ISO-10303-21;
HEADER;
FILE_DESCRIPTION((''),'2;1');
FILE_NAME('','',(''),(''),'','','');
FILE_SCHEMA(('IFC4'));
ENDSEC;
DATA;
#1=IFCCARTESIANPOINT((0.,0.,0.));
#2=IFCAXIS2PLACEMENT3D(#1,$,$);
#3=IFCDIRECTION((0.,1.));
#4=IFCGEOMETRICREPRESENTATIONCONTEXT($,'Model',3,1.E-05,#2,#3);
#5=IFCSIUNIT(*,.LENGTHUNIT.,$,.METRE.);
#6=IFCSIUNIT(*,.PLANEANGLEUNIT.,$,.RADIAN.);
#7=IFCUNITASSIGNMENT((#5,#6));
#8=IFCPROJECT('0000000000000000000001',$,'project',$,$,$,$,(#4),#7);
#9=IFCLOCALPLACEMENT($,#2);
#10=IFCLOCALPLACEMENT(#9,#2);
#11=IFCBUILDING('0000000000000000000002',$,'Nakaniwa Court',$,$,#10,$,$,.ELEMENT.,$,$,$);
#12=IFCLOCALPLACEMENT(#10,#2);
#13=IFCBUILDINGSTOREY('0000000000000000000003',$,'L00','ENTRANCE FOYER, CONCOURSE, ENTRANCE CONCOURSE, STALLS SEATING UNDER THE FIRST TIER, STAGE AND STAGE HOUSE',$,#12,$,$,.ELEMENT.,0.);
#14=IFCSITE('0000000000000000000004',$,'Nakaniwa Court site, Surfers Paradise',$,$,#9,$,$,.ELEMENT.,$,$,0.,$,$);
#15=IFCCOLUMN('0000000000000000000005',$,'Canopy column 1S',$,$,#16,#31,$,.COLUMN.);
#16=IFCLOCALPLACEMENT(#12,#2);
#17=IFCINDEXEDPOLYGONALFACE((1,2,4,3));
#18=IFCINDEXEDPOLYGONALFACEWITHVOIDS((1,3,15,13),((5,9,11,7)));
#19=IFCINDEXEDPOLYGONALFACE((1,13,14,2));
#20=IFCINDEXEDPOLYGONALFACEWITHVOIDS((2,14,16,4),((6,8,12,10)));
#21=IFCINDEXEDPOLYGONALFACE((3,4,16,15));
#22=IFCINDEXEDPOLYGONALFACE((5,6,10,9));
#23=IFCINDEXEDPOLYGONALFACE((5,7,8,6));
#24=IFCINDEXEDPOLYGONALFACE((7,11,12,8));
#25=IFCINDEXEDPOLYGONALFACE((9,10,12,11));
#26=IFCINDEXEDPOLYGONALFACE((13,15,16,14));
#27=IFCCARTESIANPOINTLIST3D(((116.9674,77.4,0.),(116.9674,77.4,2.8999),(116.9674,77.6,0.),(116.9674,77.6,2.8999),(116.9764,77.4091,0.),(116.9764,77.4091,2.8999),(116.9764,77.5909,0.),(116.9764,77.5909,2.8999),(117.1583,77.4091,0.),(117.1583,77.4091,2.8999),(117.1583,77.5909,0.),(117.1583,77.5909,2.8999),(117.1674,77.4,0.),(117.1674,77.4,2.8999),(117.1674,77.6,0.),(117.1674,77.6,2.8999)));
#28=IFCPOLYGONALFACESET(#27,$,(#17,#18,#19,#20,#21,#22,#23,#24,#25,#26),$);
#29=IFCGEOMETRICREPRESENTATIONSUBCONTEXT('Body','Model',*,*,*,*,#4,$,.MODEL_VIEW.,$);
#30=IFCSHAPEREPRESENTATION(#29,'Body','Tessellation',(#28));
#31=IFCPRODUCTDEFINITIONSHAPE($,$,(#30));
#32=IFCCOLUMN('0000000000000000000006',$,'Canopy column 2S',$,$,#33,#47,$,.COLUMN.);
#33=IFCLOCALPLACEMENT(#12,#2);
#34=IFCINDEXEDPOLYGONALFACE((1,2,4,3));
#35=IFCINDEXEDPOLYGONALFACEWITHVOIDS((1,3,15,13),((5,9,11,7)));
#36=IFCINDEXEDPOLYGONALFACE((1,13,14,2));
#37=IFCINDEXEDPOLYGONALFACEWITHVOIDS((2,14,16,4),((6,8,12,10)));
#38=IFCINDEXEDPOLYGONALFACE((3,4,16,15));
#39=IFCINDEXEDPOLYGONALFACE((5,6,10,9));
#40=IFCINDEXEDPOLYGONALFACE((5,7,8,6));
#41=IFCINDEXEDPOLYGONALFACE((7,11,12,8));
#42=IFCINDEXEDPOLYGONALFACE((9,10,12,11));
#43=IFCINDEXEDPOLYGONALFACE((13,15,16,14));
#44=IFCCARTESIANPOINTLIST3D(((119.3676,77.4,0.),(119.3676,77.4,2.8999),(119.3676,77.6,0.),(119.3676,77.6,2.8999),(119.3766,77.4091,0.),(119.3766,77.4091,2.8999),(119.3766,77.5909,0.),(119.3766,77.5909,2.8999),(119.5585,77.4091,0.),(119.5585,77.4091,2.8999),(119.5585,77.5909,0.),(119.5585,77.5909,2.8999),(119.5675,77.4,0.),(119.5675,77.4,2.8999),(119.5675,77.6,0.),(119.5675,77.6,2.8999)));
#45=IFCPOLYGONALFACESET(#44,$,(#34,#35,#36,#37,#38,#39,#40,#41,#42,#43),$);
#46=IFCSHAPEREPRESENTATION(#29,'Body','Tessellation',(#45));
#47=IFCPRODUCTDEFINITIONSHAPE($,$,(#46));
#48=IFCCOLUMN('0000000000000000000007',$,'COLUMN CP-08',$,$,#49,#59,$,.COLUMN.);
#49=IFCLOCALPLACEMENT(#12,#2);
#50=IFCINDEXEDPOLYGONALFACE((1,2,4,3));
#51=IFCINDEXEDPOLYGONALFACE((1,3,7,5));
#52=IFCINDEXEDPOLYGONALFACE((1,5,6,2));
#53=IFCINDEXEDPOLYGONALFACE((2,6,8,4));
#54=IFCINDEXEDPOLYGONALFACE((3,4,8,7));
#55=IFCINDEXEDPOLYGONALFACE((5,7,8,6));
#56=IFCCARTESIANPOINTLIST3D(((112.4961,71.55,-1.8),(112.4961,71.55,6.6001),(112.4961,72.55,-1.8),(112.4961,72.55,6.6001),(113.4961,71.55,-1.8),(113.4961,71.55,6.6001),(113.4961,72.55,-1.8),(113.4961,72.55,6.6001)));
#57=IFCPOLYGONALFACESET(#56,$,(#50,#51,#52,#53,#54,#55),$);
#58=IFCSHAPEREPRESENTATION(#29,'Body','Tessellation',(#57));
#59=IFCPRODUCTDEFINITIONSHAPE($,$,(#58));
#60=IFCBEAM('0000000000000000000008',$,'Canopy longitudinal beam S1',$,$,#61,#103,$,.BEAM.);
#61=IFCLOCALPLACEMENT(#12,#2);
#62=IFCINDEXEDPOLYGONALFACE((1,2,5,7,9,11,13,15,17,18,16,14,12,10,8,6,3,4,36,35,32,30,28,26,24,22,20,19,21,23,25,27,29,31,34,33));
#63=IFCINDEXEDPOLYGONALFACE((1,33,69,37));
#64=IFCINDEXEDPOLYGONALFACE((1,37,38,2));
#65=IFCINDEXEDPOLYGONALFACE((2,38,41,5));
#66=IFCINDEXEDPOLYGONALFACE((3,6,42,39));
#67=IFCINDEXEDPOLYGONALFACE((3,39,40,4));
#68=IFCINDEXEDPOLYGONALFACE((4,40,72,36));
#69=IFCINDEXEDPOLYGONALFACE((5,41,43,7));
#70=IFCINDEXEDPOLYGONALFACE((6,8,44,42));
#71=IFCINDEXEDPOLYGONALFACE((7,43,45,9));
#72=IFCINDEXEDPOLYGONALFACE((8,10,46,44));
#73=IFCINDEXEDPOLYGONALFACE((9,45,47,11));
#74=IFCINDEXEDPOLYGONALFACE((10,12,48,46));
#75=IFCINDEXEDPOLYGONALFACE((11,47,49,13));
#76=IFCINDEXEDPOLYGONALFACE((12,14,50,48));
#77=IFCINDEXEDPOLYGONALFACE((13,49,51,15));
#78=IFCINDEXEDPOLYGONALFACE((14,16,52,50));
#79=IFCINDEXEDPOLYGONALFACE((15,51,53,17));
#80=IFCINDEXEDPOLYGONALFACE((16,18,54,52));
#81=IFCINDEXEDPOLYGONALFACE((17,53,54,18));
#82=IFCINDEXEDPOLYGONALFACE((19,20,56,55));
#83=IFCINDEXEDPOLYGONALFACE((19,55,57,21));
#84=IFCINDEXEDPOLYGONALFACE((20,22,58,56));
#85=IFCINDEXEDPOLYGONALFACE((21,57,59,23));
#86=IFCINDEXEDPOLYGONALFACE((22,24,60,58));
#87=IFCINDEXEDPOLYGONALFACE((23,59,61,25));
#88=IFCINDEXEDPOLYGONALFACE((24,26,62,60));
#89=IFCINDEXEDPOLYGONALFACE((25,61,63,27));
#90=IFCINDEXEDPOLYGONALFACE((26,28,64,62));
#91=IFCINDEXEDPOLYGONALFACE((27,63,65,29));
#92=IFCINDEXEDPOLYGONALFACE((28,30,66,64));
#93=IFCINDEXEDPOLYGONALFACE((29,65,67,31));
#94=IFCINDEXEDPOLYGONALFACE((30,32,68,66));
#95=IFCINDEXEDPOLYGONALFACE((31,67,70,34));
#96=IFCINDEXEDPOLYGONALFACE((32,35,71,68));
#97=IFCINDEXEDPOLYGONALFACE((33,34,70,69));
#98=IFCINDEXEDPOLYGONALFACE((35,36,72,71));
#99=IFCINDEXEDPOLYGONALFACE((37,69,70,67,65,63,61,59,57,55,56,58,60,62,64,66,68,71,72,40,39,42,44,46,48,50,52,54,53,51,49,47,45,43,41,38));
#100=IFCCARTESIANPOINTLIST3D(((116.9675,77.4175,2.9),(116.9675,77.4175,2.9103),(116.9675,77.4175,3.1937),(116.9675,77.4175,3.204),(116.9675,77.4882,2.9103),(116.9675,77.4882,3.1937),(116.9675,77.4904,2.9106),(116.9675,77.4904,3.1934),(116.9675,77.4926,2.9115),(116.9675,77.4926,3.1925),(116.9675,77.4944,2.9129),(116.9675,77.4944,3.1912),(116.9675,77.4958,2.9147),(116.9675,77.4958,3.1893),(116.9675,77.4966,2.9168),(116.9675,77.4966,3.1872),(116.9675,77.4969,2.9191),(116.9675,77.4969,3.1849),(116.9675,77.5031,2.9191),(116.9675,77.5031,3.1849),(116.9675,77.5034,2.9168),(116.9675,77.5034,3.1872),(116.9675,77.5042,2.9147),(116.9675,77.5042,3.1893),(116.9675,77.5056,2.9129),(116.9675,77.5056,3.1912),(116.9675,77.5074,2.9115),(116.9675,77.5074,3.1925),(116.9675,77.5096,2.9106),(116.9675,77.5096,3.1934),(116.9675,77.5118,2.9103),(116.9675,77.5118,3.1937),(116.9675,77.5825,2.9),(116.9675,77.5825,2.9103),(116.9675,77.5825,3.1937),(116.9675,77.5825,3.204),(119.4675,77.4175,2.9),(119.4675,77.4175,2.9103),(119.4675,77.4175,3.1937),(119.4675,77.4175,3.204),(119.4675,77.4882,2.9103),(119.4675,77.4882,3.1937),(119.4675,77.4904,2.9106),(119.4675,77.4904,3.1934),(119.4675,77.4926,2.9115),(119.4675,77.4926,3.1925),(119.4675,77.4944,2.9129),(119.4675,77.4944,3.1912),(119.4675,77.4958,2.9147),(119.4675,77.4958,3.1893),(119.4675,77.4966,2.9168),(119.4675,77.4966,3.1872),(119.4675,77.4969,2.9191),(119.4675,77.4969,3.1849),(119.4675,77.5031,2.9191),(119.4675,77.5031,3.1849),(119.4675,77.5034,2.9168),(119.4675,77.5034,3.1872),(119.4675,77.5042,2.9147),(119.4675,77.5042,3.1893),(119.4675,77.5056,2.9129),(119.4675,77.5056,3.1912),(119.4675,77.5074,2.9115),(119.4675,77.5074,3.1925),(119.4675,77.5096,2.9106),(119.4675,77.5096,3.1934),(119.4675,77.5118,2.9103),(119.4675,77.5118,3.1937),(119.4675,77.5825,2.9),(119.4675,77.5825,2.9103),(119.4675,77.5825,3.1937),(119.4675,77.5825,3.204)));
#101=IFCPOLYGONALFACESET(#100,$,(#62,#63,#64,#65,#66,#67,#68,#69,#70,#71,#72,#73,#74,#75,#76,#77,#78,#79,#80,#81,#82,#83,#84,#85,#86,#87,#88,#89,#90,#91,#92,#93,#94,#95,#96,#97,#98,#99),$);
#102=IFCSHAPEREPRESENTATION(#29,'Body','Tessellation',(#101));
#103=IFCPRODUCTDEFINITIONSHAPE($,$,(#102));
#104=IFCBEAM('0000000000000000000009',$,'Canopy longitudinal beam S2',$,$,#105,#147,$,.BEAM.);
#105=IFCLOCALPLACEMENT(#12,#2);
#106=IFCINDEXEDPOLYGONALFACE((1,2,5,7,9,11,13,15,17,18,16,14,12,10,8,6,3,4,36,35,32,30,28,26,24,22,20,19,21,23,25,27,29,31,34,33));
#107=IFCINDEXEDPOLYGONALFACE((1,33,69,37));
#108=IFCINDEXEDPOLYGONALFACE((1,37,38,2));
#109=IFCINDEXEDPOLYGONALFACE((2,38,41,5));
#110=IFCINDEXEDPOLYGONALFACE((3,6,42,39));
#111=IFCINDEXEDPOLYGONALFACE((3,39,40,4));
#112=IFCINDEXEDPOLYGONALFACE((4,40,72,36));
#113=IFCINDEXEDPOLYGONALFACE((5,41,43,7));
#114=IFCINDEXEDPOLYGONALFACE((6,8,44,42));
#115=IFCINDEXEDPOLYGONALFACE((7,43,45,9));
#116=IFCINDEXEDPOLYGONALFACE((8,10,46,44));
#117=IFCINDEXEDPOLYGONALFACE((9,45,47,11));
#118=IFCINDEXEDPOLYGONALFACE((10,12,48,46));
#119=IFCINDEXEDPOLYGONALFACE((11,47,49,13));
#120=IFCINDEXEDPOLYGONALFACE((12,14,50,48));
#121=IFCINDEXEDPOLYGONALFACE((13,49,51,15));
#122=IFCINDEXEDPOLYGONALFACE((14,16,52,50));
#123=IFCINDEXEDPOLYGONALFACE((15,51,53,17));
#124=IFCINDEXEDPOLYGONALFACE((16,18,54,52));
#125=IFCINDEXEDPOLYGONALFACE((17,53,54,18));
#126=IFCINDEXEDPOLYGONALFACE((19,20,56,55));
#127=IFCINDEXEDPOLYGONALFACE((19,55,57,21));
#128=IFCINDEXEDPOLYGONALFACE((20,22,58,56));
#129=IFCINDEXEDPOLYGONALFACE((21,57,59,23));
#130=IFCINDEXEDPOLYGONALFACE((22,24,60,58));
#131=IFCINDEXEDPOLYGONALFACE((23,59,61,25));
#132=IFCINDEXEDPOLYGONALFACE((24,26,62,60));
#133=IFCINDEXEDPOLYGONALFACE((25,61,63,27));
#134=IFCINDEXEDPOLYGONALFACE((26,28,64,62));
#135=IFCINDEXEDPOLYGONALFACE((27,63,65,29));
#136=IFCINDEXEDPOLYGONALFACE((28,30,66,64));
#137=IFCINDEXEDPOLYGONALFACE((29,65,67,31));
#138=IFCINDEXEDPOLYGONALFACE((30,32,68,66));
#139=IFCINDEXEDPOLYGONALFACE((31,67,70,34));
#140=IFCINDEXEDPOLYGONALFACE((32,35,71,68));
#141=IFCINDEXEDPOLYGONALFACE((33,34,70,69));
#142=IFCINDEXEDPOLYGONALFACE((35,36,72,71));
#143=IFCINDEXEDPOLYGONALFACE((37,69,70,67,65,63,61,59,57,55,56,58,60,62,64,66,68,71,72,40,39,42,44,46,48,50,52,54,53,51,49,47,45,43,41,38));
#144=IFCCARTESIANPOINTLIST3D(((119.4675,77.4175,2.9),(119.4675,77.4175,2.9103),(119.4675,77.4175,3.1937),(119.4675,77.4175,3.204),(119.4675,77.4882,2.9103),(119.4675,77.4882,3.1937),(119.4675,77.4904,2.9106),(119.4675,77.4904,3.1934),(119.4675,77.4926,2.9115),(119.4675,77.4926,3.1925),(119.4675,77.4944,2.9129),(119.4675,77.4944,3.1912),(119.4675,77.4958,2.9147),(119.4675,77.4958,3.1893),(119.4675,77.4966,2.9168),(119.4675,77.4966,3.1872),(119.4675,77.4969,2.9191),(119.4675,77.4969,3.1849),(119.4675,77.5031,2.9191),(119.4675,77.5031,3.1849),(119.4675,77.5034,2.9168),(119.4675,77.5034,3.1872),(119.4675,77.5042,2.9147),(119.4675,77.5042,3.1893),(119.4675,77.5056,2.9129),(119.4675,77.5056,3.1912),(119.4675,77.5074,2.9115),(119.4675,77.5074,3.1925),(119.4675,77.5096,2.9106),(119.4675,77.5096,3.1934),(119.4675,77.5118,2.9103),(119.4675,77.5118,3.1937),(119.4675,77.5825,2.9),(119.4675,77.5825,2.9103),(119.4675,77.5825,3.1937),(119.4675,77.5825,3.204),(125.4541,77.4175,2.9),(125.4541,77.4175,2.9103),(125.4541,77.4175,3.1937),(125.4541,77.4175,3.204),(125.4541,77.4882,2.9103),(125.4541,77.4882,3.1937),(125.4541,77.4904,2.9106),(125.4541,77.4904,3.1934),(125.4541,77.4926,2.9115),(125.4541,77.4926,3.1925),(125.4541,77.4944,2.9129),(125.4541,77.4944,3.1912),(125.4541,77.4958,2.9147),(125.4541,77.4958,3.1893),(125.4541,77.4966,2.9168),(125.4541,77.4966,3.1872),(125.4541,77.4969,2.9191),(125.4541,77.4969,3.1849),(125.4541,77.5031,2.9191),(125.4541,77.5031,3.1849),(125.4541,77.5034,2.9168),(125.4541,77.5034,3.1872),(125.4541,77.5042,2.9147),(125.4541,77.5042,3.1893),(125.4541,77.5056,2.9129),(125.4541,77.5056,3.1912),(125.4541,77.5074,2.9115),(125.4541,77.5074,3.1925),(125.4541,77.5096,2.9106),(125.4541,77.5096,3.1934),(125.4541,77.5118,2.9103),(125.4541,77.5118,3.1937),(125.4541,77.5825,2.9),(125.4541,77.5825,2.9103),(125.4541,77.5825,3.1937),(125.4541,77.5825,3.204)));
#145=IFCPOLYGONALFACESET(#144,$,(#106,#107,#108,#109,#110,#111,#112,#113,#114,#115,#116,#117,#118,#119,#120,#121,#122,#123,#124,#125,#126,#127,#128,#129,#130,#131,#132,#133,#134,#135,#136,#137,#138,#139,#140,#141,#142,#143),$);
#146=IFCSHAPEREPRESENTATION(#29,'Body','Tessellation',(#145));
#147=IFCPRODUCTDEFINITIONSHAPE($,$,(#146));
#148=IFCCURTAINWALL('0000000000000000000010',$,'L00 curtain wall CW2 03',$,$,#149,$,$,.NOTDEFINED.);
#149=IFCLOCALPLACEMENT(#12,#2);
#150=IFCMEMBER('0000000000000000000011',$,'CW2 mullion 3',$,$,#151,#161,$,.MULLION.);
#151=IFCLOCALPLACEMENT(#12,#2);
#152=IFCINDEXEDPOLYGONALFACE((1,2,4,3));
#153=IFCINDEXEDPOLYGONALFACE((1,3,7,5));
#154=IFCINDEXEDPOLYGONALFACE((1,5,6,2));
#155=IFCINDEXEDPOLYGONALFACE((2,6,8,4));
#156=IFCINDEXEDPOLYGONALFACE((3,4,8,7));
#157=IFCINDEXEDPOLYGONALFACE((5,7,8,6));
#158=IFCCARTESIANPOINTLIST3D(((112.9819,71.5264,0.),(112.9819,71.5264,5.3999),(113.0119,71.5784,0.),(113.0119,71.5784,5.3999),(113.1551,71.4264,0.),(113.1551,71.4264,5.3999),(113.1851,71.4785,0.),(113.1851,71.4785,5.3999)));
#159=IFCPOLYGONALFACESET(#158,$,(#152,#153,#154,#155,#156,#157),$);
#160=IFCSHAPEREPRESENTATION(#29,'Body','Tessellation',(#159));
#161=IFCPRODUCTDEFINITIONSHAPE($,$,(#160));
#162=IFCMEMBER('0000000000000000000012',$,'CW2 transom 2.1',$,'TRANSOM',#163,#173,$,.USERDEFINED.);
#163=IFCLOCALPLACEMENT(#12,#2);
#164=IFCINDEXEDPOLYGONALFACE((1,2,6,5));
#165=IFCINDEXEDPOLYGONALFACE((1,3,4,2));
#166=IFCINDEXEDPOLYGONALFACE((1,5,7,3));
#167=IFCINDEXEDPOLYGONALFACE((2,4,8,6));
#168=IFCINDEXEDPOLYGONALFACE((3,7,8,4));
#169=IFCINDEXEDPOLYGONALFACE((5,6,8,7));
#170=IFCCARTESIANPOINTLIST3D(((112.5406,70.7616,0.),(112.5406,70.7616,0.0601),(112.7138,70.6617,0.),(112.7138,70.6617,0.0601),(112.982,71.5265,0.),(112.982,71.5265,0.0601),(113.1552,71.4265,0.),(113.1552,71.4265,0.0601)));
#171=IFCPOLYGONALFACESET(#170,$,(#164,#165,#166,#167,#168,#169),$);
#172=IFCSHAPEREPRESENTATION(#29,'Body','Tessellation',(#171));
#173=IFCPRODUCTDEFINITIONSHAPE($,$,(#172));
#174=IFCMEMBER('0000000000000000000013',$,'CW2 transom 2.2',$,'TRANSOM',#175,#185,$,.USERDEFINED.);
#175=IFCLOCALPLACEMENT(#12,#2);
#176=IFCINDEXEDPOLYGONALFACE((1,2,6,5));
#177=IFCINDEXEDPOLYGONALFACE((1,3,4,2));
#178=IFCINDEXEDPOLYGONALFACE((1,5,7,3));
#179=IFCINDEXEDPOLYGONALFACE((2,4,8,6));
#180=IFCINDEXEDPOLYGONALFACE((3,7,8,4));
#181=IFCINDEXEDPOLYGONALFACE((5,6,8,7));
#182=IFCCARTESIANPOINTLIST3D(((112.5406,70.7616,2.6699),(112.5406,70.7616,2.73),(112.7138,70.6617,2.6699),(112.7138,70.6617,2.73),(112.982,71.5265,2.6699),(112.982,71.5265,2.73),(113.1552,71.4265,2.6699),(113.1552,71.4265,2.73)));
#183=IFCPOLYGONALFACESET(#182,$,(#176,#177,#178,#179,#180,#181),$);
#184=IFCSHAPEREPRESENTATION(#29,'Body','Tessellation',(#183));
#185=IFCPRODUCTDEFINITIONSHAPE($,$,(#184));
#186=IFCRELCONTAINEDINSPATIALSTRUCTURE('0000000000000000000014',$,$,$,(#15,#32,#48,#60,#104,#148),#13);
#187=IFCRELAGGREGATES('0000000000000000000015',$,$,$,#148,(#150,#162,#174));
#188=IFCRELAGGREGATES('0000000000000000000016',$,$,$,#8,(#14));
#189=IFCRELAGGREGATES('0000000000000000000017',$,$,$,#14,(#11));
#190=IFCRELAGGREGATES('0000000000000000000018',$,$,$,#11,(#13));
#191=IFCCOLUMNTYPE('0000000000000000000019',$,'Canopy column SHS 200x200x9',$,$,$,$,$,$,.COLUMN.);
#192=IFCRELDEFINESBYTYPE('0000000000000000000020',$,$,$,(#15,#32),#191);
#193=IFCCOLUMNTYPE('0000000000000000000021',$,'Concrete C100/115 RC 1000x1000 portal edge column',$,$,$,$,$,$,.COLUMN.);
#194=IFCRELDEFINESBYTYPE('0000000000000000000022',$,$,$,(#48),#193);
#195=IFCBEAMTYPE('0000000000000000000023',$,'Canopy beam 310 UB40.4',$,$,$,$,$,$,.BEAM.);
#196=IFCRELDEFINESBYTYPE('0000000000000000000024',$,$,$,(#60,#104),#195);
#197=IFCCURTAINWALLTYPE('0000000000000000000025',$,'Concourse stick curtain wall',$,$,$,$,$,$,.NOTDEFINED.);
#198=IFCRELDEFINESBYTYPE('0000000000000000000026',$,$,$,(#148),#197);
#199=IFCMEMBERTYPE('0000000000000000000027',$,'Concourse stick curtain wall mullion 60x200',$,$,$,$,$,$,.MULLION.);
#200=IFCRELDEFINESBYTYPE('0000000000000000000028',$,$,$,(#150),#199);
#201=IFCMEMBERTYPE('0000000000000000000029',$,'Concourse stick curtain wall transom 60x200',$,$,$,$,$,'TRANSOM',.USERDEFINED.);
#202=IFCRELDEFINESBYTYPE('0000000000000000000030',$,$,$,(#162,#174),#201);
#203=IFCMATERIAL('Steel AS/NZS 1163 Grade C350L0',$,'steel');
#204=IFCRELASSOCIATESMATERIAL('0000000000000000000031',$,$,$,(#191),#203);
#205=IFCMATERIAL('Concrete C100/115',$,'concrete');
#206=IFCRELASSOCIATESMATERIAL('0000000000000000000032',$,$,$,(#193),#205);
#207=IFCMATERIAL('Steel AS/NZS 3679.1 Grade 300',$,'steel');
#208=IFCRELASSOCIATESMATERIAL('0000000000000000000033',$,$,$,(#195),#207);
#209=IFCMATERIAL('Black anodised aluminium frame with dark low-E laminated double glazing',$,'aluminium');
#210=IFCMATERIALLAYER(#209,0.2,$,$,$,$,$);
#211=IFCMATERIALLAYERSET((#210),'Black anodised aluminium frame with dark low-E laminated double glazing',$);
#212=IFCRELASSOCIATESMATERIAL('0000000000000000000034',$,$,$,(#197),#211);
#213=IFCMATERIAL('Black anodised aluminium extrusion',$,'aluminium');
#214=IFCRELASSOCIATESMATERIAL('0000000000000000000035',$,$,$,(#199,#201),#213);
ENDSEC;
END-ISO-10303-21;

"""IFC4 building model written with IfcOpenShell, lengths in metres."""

from ifc_helpers import new_model, si_unit, direction, frame, origin, origin_2d, place, context, subcontext, project, spatial, rectangle, hollow_rectangle, i_section, extrude, material, layer, layer_set, material_profile, profile_set, type_object, element, aggregate, save


model = new_model("IFC4")

# Units and contexts
model_context = context("Model", 3, precision=1e-05, world=origin(), true_north=direction((0.0, 1.0)))
body_context = subcontext(model_context, "Body", "Model", "MODEL_VIEW")
ifc_project = project(units=[si_unit("LENGTHUNIT", "METRE"), si_unit("PLANEANGLEUNIT", "RADIAN")], contexts=[model_context])

# Site, building, storey
site_placement = place(None, origin())
site = spatial("IfcSite", under=ifc_project, at=site_placement, Name="Nakaniwa Court site, Surfers Paradise", CompositionType="ELEMENT", RefElevation=0.0)
building_placement = place(site_placement, origin())
building = spatial("IfcBuilding", under=site, at=building_placement, Name="Nakaniwa Court", CompositionType="ELEMENT")
storey_placement = place(building_placement, origin())
storey = spatial("IfcBuildingStorey", under=building, at=storey_placement, Name="L00", Description="ENTRANCE FOYER, CONCOURSE, ENTRANCE CONCOURSE, STALLS SEATING UNDER THE FIRST TIER, STAGE AND STAGE HOUSE", CompositionType="ELEMENT", Elevation=0.0)

# Columns
ifc_material_1 = material(Name="Steel AS/NZS 1163 Grade C350L0", Category="steel")
ifc_material_profile_1 = material_profile(ifc_material_1, hollow_rectangle(XDim=0.2, YDim=0.2, WallThickness=0.009, at=origin_2d()), Name="SHS 200x200x9")
ifc_profile_set_1 = profile_set([ifc_material_profile_1], Name="Steel AS/NZS 1163 Grade C350L0")
column_type_1 = type_object("IfcColumnType", Name="Canopy column SHS 200x200x9", PredefinedType="COLUMN", material=ifc_profile_set_1)
for number, where, z_axis, x_axis, name in (
    (1, (117.0674, 77.5, 0.0), (0.0, 0.0, 1.0), (1.0, 0.0, 0.0), "Canopy column 1S"),
    (2, (119.4675, 77.5, 0.0), (0.0, 0.0, 1.0), (1.0, 0.0, 0.0), "Canopy column 2S"),
):
    element("IfcColumn", number, at=place(storey_placement, frame(where, z_axis=z_axis, x_axis=x_axis)), inside=storey, type_object=column_type_1, Name=name, PredefinedType="COLUMN", context=body_context, shape_type="SweptSolid", body=[
        extrude(hollow_rectangle(XDim=0.2, YDim=0.2, WallThickness=0.009, at=origin_2d()), origin(), (0.0, 0.0, 1.0), 2.8999),
    ])
ifc_material_2 = material(Name="Concrete C100/115", Category="concrete")
ifc_material_profile_2 = material_profile(ifc_material_2, rectangle(XDim=1.0, YDim=1.0, at=origin_2d()), Name="Concrete C100/115 RC 1000x1000 portal edge column")
ifc_profile_set_2 = profile_set([ifc_material_profile_2], Name="Concrete C100/115")
column_type_2 = type_object("IfcColumnType", Name="Concrete C100/115 RC 1000x1000 portal edge column", PredefinedType="COLUMN", material=ifc_profile_set_2)
column_placement = place(storey_placement, frame((112.9961, 72.05, -1.8), z_axis=(0.0, 0.0, 1.0), x_axis=(1.0, 0.0, 0.0)))
element("IfcColumn", 3, at=column_placement, inside=storey, type_object=column_type_2, Name="COLUMN CP-08", PredefinedType="COLUMN", context=body_context, shape_type="SweptSolid", body=[
    extrude(rectangle(XDim=1.0, YDim=1.0, at=origin_2d()), origin(), (0.0, 0.0, 1.0), 8.4001),
])

# Beams
ifc_material_3 = material(Name="Steel AS/NZS 3679.1 Grade 300", Category="steel")
ifc_material_profile_3 = material_profile(ifc_material_3, i_section(OverallWidth=0.165, OverallDepth=0.304, WebThickness=0.0061, FlangeThickness=0.0103, FilletRadius=0.0088, at=origin_2d()), Name="310UB40.4")
ifc_profile_set_3 = profile_set([ifc_material_profile_3], Name="Steel AS/NZS 3679.1 Grade 300")
beam_type = type_object("IfcBeamType", Name="Canopy beam 310 UB40.4", PredefinedType="BEAM", material=ifc_profile_set_3)
beam_1_placement = place(storey_placement, frame((116.9675, 77.5, 3.052), z_axis=(1.0, 0.0, 0.0), x_axis=(0.0, 1.0, 0.0)))
element("IfcBeam", 4, at=beam_1_placement, inside=storey, type_object=beam_type, Name="Canopy longitudinal beam S1", PredefinedType="BEAM", context=body_context, shape_type="SweptSolid", body=[
    extrude(i_section(OverallWidth=0.165, OverallDepth=0.304, WebThickness=0.0061, FlangeThickness=0.0103, FilletRadius=0.0088, at=origin_2d()), origin(), (0.0, 0.0, 1.0), 2.5),
])
beam_2_placement = place(storey_placement, frame((119.4675, 77.5, 3.052), z_axis=(1.0, 0.0, 0.0), x_axis=(0.0, 1.0, 0.0)))
element("IfcBeam", 5, at=beam_2_placement, inside=storey, type_object=beam_type, Name="Canopy longitudinal beam S2", PredefinedType="BEAM", context=body_context, shape_type="SweptSolid", body=[
    extrude(i_section(OverallWidth=0.165, OverallDepth=0.304, WebThickness=0.0061, FlangeThickness=0.0103, FilletRadius=0.0088, at=origin_2d()), origin(), (0.0, 0.0, 1.0), 5.9866),
])

# Curtain wall, members
ifc_material_4 = material(Name="Black anodised aluminium frame with dark low-E laminated double glazing", Category="aluminium")
ifc_layer_1 = layer(ifc_material_4, 0.2)
ifc_layer_set_1 = layer_set([ifc_layer_1], Name="Black anodised aluminium frame with dark low-E laminated double glazing")
curtain_wall_type = type_object("IfcCurtainWallType", Name="Concourse stick curtain wall", PredefinedType="NOTDEFINED", material=ifc_layer_set_1)
curtain_wall_placement = place(storey_placement, origin())
curtain_wall = element("IfcCurtainWall", 6, at=curtain_wall_placement, inside=storey, type_object=curtain_wall_type, Name="L00 curtain wall CW2 03", PredefinedType="NOTDEFINED")
ifc_material_5 = material(Name="Black anodised aluminium extrusion", Category="aluminium")
ifc_material_profile_4 = material_profile(ifc_material_5, rectangle(XDim=0.2, YDim=0.0601, at=origin_2d()), Name="Concourse stick curtain wall mullion 60x200")
ifc_profile_set_4 = profile_set([ifc_material_profile_4], Name="Black anodised aluminium extrusion")
member_type_1 = type_object("IfcMemberType", Name="Concourse stick curtain wall mullion 60x200", PredefinedType="MULLION", material=ifc_profile_set_4)
member_1_placement = place(storey_placement, frame((113.0835, 71.5024, 0.0), z_axis=(0.0, 0.0, 1.0), x_axis=(-0.86604, 0.499975, 0.0)))
member_1 = element("IfcMember", 7, at=member_1_placement, type_object=member_type_1, Name="CW2 mullion 3", PredefinedType="MULLION", context=body_context, shape_type="SweptSolid", body=[
    extrude(rectangle(XDim=0.2, YDim=0.0601, at=origin_2d()), origin(), (0.0, 0.0, 1.0), 5.3999),
])
ifc_material_profile_5 = material_profile(ifc_material_5, rectangle(XDim=0.2, YDim=0.0601, at=origin_2d()), Name="Concourse stick curtain wall transom 60x200")
ifc_profile_set_5 = profile_set([ifc_material_profile_5], Name="Black anodised aluminium extrusion")
member_type_2 = type_object("IfcMemberType", Name="Concourse stick curtain wall transom 60x200", ElementType="TRANSOM", PredefinedType="USERDEFINED", material=ifc_profile_set_5)
member_2_placement = place(storey_placement, frame((112.6272, 70.7117, 0.03), z_axis=(0.499826, 0.866126, 0.0), x_axis=(-0.866126, 0.499826, 0.0)))
member_2 = element("IfcMember", 8, at=member_2_placement, type_object=member_type_2, Name="CW2 transom 2.1", ObjectType="TRANSOM", PredefinedType="USERDEFINED", context=body_context, shape_type="SweptSolid", body=[
    extrude(rectangle(XDim=0.2, YDim=0.0601, at=origin_2d()), origin(), (0.0, 0.0, 1.0), 0.8831),
])
member_3_placement = place(storey_placement, frame((112.6272, 70.7117, 2.7), z_axis=(0.499826, 0.866126, 0.0), x_axis=(-0.866126, 0.499826, 0.0)))
member_3 = element("IfcMember", 9, at=member_3_placement, type_object=member_type_2, Name="CW2 transom 2.2", ObjectType="TRANSOM", PredefinedType="USERDEFINED", context=body_context, shape_type="SweptSolid", body=[
    extrude(rectangle(XDim=0.2, YDim=0.0601, at=origin_2d()), origin(), (0.0, 0.0, 1.0), 0.8831),
])
aggregate(curtain_wall, [member_1, member_2, member_3])

save(model, "model.ifc")
